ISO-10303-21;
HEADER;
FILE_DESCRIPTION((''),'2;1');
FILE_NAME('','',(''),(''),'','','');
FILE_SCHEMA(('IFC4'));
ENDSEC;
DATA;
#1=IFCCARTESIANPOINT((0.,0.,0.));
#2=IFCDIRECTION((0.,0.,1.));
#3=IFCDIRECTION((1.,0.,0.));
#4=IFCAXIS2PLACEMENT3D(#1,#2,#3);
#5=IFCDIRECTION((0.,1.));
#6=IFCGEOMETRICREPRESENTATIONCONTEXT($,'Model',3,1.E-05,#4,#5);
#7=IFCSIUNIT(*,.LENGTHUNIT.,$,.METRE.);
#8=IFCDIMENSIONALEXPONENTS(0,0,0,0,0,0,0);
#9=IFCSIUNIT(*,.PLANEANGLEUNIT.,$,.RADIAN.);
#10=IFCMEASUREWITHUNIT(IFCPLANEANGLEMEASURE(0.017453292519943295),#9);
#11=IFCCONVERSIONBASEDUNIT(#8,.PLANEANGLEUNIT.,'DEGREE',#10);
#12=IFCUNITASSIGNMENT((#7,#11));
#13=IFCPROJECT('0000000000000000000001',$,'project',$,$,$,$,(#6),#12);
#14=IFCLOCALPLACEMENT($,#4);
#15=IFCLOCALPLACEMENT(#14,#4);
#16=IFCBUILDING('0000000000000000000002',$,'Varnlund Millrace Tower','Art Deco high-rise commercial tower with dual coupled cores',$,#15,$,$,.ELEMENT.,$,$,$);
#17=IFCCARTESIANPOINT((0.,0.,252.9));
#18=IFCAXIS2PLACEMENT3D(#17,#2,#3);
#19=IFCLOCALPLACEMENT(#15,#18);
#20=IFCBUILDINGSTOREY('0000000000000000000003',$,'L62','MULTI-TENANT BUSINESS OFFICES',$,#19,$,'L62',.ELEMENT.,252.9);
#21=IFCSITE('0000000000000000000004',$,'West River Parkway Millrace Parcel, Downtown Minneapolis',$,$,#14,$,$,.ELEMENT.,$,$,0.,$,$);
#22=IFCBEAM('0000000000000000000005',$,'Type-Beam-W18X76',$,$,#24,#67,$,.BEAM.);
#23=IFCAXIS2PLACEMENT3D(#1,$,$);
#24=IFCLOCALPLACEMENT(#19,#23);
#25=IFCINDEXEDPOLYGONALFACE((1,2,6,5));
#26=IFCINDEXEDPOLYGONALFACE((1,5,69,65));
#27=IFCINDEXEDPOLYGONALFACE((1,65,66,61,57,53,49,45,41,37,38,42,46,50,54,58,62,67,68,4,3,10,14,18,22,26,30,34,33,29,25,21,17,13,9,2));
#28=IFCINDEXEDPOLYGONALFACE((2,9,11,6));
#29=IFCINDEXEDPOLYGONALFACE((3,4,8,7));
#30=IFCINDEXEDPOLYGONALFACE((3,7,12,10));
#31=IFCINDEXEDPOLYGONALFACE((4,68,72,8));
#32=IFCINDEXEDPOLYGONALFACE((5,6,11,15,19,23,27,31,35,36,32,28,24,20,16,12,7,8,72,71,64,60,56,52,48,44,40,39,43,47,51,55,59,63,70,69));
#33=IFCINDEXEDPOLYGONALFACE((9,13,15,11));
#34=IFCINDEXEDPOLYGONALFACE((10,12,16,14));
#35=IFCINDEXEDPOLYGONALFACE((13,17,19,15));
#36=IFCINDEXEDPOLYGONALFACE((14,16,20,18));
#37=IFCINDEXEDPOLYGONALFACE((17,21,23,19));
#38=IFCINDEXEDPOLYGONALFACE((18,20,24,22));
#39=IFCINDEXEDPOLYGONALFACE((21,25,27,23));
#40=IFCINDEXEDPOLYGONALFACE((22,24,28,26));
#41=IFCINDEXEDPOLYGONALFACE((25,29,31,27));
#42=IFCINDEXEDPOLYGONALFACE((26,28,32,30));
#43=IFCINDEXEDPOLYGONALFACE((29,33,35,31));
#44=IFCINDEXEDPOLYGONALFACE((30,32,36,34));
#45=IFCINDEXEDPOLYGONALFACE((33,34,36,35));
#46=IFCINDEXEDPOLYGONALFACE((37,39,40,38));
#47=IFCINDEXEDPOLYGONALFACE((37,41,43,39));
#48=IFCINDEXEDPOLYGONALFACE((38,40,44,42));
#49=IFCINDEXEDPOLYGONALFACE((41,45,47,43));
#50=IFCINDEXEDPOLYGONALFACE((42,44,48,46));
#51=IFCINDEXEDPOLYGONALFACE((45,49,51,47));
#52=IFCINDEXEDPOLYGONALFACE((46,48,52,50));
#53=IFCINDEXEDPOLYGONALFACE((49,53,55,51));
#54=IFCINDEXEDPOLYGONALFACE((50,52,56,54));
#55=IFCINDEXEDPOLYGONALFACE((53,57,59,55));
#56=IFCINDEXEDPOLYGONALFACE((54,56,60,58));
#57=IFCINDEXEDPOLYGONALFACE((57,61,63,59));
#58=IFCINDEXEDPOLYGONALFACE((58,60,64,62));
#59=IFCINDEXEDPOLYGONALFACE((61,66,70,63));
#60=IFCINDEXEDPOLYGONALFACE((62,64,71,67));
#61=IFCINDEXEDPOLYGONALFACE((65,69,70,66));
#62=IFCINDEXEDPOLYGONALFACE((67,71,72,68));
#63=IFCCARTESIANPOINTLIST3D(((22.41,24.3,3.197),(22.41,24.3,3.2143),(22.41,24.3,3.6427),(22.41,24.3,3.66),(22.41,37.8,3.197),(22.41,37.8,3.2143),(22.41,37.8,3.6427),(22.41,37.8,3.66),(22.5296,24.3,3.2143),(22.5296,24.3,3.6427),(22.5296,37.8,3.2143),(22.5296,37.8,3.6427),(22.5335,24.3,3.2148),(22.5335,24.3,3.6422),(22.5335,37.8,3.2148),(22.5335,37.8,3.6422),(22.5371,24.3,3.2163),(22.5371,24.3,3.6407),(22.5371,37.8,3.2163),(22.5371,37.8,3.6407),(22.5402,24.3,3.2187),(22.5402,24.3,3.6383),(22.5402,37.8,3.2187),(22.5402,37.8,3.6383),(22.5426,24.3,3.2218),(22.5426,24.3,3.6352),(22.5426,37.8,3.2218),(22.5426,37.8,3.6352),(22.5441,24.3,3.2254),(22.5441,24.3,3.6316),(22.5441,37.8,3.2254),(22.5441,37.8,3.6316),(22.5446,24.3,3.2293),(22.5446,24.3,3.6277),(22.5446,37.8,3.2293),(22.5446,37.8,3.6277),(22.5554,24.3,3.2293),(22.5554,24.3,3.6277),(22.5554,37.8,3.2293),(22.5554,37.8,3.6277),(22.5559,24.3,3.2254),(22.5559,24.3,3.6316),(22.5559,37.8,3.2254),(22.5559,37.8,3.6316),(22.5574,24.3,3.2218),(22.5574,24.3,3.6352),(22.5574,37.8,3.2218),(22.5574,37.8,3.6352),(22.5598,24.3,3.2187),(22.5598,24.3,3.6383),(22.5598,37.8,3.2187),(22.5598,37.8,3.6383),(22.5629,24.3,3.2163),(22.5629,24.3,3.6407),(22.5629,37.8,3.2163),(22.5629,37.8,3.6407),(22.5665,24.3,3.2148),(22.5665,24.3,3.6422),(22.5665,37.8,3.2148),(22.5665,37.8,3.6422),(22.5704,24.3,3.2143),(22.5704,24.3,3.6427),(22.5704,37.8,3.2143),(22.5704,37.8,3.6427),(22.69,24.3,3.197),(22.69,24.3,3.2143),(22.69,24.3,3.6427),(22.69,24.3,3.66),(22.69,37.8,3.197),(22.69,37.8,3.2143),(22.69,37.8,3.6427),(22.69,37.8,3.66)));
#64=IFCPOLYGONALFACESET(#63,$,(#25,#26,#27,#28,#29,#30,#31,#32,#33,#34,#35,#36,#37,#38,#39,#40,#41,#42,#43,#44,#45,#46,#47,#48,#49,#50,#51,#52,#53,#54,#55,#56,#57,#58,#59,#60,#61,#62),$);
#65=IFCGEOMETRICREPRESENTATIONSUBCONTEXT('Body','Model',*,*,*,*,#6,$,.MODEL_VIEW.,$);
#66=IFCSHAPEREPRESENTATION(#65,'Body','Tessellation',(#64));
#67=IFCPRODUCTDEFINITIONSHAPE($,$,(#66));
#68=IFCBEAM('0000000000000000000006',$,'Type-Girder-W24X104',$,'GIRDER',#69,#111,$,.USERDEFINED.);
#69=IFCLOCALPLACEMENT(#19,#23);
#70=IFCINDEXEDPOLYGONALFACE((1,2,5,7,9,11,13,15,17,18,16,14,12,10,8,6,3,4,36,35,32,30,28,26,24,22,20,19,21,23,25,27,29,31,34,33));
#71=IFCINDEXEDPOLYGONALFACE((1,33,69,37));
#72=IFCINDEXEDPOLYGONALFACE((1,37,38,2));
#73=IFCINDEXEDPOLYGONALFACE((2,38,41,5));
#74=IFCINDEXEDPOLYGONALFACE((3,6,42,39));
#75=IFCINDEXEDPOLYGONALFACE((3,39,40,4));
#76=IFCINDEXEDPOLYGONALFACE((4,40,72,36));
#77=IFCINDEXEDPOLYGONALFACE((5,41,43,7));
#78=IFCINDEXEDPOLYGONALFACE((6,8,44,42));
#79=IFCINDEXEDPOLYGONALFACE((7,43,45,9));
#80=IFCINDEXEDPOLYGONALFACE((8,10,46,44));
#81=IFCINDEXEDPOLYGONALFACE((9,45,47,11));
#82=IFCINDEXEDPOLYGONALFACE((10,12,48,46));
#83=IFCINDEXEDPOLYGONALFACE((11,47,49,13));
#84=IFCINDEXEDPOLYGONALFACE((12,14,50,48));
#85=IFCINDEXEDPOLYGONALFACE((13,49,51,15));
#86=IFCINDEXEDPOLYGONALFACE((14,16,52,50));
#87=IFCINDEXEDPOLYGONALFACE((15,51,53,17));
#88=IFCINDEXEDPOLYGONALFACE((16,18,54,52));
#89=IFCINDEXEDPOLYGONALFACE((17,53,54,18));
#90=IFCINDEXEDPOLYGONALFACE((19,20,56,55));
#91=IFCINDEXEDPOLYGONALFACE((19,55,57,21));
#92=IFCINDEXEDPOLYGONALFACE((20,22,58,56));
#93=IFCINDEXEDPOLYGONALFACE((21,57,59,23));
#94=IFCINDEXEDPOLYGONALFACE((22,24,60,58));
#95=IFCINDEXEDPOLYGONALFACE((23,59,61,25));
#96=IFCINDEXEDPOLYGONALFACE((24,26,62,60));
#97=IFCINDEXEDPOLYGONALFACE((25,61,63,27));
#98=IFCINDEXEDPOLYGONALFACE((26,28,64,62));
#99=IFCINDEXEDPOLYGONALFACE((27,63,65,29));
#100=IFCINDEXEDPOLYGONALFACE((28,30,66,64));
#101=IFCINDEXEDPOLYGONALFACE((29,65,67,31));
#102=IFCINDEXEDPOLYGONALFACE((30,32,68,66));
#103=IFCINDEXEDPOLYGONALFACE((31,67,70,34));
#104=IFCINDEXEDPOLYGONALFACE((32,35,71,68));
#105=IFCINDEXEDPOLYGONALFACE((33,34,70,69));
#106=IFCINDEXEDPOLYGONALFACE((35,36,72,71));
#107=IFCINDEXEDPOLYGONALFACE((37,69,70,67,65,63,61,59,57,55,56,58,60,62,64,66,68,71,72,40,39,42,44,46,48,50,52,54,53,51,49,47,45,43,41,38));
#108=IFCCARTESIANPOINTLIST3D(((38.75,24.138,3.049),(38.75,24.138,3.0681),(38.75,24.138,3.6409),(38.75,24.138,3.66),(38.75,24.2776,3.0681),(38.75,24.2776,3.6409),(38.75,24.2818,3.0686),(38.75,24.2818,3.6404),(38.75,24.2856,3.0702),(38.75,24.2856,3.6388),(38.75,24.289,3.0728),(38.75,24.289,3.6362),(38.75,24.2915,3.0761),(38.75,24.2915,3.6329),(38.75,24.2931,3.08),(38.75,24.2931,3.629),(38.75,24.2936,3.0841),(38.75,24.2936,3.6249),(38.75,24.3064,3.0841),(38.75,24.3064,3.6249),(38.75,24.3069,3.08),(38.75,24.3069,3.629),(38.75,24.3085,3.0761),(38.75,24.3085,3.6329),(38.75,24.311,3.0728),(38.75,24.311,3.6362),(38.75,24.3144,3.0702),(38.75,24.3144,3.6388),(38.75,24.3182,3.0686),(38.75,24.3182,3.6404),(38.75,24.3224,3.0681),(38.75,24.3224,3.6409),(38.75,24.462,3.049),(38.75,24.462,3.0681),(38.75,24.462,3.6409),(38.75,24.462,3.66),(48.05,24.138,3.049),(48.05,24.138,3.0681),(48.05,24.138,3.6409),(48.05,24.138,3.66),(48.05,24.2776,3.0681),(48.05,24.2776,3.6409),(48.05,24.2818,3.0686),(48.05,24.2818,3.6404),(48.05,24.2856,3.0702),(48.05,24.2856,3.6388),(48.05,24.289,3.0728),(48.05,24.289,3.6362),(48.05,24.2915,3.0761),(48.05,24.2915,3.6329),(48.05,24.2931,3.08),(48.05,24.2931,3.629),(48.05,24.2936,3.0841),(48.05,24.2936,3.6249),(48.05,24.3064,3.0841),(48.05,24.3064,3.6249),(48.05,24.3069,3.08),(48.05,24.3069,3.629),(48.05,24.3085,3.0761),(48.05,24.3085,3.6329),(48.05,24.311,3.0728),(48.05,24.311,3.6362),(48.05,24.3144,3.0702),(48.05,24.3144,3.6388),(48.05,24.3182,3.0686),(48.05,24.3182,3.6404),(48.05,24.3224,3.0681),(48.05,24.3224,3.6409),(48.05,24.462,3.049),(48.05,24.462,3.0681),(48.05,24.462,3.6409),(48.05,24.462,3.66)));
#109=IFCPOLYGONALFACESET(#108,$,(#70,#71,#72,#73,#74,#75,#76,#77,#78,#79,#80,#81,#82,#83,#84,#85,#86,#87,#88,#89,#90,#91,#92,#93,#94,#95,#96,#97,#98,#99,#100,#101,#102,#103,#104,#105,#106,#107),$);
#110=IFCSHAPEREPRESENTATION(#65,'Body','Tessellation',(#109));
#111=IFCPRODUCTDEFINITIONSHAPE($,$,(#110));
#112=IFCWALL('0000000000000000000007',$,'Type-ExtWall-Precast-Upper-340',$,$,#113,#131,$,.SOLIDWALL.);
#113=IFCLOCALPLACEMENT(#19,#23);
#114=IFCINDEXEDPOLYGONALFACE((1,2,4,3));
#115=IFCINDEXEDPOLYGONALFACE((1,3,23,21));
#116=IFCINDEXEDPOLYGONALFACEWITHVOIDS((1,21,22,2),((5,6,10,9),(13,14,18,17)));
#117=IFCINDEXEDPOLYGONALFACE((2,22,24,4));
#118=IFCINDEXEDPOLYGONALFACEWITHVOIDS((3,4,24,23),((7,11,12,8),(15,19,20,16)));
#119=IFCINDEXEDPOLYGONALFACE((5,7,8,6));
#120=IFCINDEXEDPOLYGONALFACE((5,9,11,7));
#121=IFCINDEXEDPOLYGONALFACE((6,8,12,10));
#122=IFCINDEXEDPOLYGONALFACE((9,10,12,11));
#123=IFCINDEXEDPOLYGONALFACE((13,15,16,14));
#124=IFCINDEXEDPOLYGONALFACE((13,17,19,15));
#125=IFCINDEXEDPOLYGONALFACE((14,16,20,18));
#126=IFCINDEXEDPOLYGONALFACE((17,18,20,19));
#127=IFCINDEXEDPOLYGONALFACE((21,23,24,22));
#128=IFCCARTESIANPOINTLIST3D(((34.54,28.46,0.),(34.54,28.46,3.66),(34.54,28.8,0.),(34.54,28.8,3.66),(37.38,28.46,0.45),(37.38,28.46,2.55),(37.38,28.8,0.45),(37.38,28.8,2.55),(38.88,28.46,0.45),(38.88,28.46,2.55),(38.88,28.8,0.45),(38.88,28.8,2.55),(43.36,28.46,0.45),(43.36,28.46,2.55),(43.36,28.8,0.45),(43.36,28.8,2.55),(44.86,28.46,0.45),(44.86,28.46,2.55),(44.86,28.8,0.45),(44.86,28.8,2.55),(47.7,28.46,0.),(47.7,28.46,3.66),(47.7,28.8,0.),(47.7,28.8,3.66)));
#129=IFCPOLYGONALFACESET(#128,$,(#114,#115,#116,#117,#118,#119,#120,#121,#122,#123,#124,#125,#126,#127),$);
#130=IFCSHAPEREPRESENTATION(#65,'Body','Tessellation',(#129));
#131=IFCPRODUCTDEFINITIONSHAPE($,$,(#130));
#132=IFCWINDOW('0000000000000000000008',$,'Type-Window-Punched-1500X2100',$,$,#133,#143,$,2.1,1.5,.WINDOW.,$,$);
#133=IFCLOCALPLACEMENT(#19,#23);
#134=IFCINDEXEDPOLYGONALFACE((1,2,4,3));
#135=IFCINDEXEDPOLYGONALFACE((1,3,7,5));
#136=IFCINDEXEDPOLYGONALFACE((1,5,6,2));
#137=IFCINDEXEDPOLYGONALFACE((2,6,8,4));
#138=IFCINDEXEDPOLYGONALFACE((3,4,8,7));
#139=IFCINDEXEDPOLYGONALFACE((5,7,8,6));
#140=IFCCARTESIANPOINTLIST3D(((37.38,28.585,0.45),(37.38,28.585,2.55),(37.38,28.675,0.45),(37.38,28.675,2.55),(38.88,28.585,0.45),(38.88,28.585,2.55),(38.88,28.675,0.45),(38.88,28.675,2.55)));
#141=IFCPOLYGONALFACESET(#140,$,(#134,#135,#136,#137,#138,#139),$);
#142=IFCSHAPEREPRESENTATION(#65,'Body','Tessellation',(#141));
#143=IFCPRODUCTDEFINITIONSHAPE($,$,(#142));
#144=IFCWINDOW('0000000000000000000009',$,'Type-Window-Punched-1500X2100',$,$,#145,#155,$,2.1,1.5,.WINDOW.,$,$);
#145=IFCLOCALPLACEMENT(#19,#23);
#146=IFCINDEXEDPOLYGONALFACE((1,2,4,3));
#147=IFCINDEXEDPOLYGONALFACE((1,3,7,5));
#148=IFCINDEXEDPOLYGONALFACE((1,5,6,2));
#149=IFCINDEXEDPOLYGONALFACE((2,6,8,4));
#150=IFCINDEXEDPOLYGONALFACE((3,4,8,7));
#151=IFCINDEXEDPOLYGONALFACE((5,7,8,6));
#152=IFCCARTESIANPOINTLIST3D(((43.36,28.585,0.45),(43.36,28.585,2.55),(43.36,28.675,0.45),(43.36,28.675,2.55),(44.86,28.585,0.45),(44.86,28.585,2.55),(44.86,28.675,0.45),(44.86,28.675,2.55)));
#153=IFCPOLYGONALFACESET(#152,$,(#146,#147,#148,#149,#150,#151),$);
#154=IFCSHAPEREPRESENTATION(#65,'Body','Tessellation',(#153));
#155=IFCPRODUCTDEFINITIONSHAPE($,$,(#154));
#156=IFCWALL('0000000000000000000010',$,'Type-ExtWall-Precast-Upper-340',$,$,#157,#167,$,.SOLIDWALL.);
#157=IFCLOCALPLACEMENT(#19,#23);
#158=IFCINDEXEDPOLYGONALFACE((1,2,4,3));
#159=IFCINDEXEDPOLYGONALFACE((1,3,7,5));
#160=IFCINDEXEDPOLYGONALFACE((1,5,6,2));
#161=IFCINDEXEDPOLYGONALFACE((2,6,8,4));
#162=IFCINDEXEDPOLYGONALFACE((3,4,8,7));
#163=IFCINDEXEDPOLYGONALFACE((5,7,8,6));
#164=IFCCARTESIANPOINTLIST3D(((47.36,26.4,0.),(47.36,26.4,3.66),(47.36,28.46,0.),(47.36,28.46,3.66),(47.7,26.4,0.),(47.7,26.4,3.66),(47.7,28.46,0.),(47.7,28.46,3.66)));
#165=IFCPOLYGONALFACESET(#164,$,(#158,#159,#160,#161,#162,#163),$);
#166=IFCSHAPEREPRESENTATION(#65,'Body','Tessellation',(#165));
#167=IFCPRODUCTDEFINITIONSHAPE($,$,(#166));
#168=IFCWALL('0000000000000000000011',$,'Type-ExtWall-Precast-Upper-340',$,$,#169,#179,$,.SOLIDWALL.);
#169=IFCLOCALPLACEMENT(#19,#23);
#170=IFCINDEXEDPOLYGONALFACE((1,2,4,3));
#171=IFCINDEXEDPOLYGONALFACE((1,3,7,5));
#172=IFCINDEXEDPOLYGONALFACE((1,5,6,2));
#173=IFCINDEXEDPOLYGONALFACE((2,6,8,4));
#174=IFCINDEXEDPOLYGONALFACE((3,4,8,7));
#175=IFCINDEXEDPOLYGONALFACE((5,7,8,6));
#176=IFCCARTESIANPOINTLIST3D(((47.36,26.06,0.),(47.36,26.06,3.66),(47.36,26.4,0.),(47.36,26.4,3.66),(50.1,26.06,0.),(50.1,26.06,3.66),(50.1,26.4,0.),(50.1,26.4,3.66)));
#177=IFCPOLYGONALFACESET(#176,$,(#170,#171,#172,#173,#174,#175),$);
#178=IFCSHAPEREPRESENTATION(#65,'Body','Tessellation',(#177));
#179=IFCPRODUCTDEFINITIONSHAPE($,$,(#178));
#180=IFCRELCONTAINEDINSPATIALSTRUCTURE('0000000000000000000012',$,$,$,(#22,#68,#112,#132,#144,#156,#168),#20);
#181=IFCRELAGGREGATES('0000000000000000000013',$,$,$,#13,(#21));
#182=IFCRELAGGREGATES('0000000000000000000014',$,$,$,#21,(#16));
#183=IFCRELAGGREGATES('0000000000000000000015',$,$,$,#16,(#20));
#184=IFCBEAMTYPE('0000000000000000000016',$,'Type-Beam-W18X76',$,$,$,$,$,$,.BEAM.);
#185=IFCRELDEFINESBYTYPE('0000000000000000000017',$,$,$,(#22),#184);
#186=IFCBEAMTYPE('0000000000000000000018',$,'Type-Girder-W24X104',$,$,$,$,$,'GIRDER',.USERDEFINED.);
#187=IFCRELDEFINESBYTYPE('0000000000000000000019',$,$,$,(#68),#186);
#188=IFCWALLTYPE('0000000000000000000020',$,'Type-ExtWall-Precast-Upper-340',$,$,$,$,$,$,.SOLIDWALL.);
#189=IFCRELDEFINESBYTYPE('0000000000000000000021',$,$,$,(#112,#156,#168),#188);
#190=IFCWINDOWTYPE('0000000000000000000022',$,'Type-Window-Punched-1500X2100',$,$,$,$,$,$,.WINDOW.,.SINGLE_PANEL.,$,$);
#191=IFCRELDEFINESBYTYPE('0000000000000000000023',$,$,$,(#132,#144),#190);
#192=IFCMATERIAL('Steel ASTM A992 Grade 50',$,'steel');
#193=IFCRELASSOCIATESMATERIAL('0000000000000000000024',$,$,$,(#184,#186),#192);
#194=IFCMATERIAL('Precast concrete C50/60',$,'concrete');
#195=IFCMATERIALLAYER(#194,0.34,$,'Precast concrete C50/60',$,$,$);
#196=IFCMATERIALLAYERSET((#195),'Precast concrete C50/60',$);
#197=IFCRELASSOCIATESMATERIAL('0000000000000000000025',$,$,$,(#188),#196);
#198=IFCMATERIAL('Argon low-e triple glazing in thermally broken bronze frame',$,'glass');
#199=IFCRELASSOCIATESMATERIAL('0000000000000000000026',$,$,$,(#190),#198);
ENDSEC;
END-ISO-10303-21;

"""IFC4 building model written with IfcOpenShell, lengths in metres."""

from ifc_helpers import new_model, entity, si_unit, converted_unit, direction, frame, origin_with_axes, origin_2d_with_axis, place, context, subcontext, project, spatial, polyline, rectangle, i_section, outline, extrude, material, layer, layer_set, material_profile, profile_set, type_object, element, fill, save


model = new_model("IFC4")

# Units and contexts
model_context = context("Model", 3, precision=1e-05, world=origin_with_axes(), true_north=direction((0.0, 1.0)))
body_context = subcontext(model_context, "Body", "Model", "MODEL_VIEW")
ifc_project = project(units=[si_unit("LENGTHUNIT", "METRE"), converted_unit("PLANEANGLEUNIT", "DEGREE", entity("IfcPlaneAngleMeasure", 0.017453292519943295), si_unit("PLANEANGLEUNIT", "RADIAN"), dimensions=[0, 0, 0, 0, 0, 0, 0])], contexts=[model_context])

# Site, building, storey
site_placement = place(None, origin_with_axes())
site = spatial("IfcSite", under=ifc_project, at=site_placement, Name="West River Parkway Millrace Parcel, Downtown Minneapolis", CompositionType="ELEMENT", RefElevation=0.0)
building_placement = place(site_placement, origin_with_axes())
building = spatial("IfcBuilding", under=site, at=building_placement, Name="Varnlund Millrace Tower", Description="Art Deco high-rise commercial tower with dual coupled cores", CompositionType="ELEMENT")
storey_placement = place(building_placement, frame((0.0, 0.0, 252.9), z_axis=(0.0, 0.0, 1.0), x_axis=(1.0, 0.0, 0.0)))
storey = spatial("IfcBuildingStorey", under=building, at=storey_placement, Name="L62", Description="MULTI-TENANT BUSINESS OFFICES", LongName="L62", CompositionType="ELEMENT", Elevation=252.9)

# Beams
ifc_material_1 = material(Name="Steel ASTM A992 Grade 50", Category="steel")
ifc_material_profile_1 = material_profile(ifc_material_1, i_section(OverallWidth=0.28, OverallDepth=0.463, WebThickness=0.0108, FlangeThickness=0.0173, FilletRadius=0.015, at=origin_2d_with_axis()), Name="Steel ASTM A992 Grade 50")
ifc_profile_set_1 = profile_set([ifc_material_profile_1], Name="Steel ASTM A992 Grade 50")
beam_type_1 = type_object("IfcBeamType", Name="Type-Beam-W18X76", PredefinedType="BEAM", material=ifc_profile_set_1)
beam_1_placement = place(storey_placement, frame((22.55, 24.3, 3.4285), z_axis=(0.0, 1.0, 0.0), x_axis=(-1.0, 0.0, 0.0)))
element("IfcBeam", 1, at=beam_1_placement, inside=storey, type_object=beam_type_1, Name="Type-Beam-W18X76", PredefinedType="BEAM", context=body_context, shape_type="SweptSolid", body=[
    extrude(i_section(OverallWidth=0.28, OverallDepth=0.463, WebThickness=0.0108, FlangeThickness=0.0173, FilletRadius=0.015, at=origin_2d_with_axis()), origin_with_axes(), (0.0, 0.0, 1.0), 13.5),
])
ifc_material_profile_2 = material_profile(ifc_material_1, i_section(OverallWidth=0.324, OverallDepth=0.611, WebThickness=0.0127, FlangeThickness=0.0191, FilletRadius=0.016, at=origin_2d_with_axis()), Name="Steel ASTM A992 Grade 50")
ifc_profile_set_2 = profile_set([ifc_material_profile_2], Name="Steel ASTM A992 Grade 50")
beam_type_2 = type_object("IfcBeamType", Name="Type-Girder-W24X104", ElementType="GIRDER", PredefinedType="USERDEFINED", material=ifc_profile_set_2)
beam_2_placement = place(storey_placement, frame((38.75, 24.3, 3.3545), z_axis=(1.0, 0.0, 0.0), x_axis=(0.0, 1.0, 0.0)))
element("IfcBeam", 2, at=beam_2_placement, inside=storey, type_object=beam_type_2, Name="Type-Girder-W24X104", ObjectType="GIRDER", PredefinedType="USERDEFINED", context=body_context, shape_type="SweptSolid", body=[
    extrude(i_section(OverallWidth=0.324, OverallDepth=0.611, WebThickness=0.0127, FlangeThickness=0.0191, FilletRadius=0.016, at=origin_2d_with_axis()), origin_with_axes(), (0.0, 0.0, 1.0), 9.3),
])

# Wall, openings, windows
ifc_material_2 = material(Name="Precast concrete C50/60", Category="concrete")
ifc_layer_1 = layer(ifc_material_2, 0.34, Name="Precast concrete C50/60")
ifc_layer_set_1 = layer_set([ifc_layer_1], Name="Precast concrete C50/60")
wall_type_1 = type_object("IfcWallType", Name="Type-ExtWall-Precast-Upper-340", PredefinedType="SOLIDWALL", material=ifc_layer_set_1)
wall_1_placement = place(storey_placement, frame((34.54, 28.63, 0.0), z_axis=(0.0, 0.0, 1.0), x_axis=(1.0, 0.0, 0.0)))
wall_1 = element("IfcWall", 3, at=wall_1_placement, inside=storey, type_object=wall_type_1, Name="Type-ExtWall-Precast-Upper-340", PredefinedType="SOLIDWALL", context=body_context, shape_type="SweptSolid", body=[
    extrude(outline(polyline([(0.0, -0.17), (13.16, -0.17), (13.16, 0.17), (0.0, 0.17), (0.0, -0.17)])), origin_with_axes(), (0.0, 0.0, 1.0), 3.66),
])
opening_1_placement = place(wall_1_placement, frame((3.59, 0.0, 0.45), z_axis=(0.0, 0.0, 1.0), x_axis=(1.0, 0.0, 0.0)))
opening_1 = element("IfcOpeningElement", 4, at=opening_1_placement, cuts=wall_1, PredefinedType="OPENING", context=body_context, shape_type="SweptSolid", body=[
    extrude(rectangle(XDim=1.5, YDim=0.36, at=origin_2d_with_axis()), origin_with_axes(), (0.0, 0.0, 1.0), 2.1),
])
opening_2_placement = place(wall_1_placement, frame((9.57, 0.0, 0.45), z_axis=(0.0, 0.0, 1.0), x_axis=(1.0, 0.0, 0.0)))
opening_2 = element("IfcOpeningElement", 5, at=opening_2_placement, cuts=wall_1, PredefinedType="OPENING", context=body_context, shape_type="SweptSolid", body=[
    extrude(rectangle(XDim=1.5, YDim=0.36, at=origin_2d_with_axis()), origin_with_axes(), (0.0, 0.0, 1.0), 2.1),
])
ifc_material_3 = material(Name="Argon low-e triple glazing in thermally broken bronze frame", Category="glass")
window_type = type_object("IfcWindowType", Name="Type-Window-Punched-1500X2100", PartitioningType="SINGLE_PANEL", PredefinedType="WINDOW", material=ifc_material_3)
window_1_placement = place(wall_1_placement, frame((3.59, 0.0, 0.45), z_axis=(0.0, 0.0, 1.0), x_axis=(1.0, 0.0, 0.0)))
window_1 = element("IfcWindow", 6, at=window_1_placement, inside=storey, type_object=window_type, Name="Type-Window-Punched-1500X2100", OverallHeight=2.1, OverallWidth=1.5, PredefinedType="WINDOW", context=body_context, shape_type="SweptSolid", body=[
    extrude(rectangle(XDim=1.5, YDim=0.09, at=origin_2d_with_axis()), origin_with_axes(), (0.0, 0.0, 1.0), 2.1),
])
fill(opening_1, window_1)
window_2_placement = place(wall_1_placement, frame((9.57, 0.0, 0.45), z_axis=(0.0, 0.0, 1.0), x_axis=(1.0, 0.0, 0.0)))
window_2 = element("IfcWindow", 7, at=window_2_placement, inside=storey, type_object=window_type, Name="Type-Window-Punched-1500X2100", OverallHeight=2.1, OverallWidth=1.5, PredefinedType="WINDOW", context=body_context, shape_type="SweptSolid", body=[
    extrude(rectangle(XDim=1.5, YDim=0.09, at=origin_2d_with_axis()), origin_with_axes(), (0.0, 0.0, 1.0), 2.1),
])
fill(opening_2, window_2)

# Walls
wall_2_placement = place(storey_placement, frame((47.53, 28.46, 0.0), z_axis=(0.0, 0.0, 1.0), x_axis=(0.0, -1.0, 0.0)))
element("IfcWall", 8, at=wall_2_placement, inside=storey, type_object=wall_type_1, Name="Type-ExtWall-Precast-Upper-340", PredefinedType="SOLIDWALL", context=body_context, shape_type="SweptSolid", body=[
    extrude(outline(polyline([(0.0, -0.17), (2.06, -0.17), (2.06, 0.17), (0.0, 0.17), (0.0, -0.17)])), origin_with_axes(), (0.0, 0.0, 1.0), 3.66),
])
wall_3_placement = place(storey_placement, frame((47.36, 26.23, 0.0), z_axis=(0.0, 0.0, 1.0), x_axis=(1.0, 0.0, 0.0)))
element("IfcWall", 9, at=wall_3_placement, inside=storey, type_object=wall_type_1, Name="Type-ExtWall-Precast-Upper-340", PredefinedType="SOLIDWALL", context=body_context, shape_type="SweptSolid", body=[
    extrude(outline(polyline([(0.0, -0.17), (2.74, -0.17), (2.74, 0.17), (0.0, 0.17), (0.0, -0.17)])), origin_with_axes(), (0.0, 0.0, 1.0), 3.66),
])

save(model, "model.ifc")
